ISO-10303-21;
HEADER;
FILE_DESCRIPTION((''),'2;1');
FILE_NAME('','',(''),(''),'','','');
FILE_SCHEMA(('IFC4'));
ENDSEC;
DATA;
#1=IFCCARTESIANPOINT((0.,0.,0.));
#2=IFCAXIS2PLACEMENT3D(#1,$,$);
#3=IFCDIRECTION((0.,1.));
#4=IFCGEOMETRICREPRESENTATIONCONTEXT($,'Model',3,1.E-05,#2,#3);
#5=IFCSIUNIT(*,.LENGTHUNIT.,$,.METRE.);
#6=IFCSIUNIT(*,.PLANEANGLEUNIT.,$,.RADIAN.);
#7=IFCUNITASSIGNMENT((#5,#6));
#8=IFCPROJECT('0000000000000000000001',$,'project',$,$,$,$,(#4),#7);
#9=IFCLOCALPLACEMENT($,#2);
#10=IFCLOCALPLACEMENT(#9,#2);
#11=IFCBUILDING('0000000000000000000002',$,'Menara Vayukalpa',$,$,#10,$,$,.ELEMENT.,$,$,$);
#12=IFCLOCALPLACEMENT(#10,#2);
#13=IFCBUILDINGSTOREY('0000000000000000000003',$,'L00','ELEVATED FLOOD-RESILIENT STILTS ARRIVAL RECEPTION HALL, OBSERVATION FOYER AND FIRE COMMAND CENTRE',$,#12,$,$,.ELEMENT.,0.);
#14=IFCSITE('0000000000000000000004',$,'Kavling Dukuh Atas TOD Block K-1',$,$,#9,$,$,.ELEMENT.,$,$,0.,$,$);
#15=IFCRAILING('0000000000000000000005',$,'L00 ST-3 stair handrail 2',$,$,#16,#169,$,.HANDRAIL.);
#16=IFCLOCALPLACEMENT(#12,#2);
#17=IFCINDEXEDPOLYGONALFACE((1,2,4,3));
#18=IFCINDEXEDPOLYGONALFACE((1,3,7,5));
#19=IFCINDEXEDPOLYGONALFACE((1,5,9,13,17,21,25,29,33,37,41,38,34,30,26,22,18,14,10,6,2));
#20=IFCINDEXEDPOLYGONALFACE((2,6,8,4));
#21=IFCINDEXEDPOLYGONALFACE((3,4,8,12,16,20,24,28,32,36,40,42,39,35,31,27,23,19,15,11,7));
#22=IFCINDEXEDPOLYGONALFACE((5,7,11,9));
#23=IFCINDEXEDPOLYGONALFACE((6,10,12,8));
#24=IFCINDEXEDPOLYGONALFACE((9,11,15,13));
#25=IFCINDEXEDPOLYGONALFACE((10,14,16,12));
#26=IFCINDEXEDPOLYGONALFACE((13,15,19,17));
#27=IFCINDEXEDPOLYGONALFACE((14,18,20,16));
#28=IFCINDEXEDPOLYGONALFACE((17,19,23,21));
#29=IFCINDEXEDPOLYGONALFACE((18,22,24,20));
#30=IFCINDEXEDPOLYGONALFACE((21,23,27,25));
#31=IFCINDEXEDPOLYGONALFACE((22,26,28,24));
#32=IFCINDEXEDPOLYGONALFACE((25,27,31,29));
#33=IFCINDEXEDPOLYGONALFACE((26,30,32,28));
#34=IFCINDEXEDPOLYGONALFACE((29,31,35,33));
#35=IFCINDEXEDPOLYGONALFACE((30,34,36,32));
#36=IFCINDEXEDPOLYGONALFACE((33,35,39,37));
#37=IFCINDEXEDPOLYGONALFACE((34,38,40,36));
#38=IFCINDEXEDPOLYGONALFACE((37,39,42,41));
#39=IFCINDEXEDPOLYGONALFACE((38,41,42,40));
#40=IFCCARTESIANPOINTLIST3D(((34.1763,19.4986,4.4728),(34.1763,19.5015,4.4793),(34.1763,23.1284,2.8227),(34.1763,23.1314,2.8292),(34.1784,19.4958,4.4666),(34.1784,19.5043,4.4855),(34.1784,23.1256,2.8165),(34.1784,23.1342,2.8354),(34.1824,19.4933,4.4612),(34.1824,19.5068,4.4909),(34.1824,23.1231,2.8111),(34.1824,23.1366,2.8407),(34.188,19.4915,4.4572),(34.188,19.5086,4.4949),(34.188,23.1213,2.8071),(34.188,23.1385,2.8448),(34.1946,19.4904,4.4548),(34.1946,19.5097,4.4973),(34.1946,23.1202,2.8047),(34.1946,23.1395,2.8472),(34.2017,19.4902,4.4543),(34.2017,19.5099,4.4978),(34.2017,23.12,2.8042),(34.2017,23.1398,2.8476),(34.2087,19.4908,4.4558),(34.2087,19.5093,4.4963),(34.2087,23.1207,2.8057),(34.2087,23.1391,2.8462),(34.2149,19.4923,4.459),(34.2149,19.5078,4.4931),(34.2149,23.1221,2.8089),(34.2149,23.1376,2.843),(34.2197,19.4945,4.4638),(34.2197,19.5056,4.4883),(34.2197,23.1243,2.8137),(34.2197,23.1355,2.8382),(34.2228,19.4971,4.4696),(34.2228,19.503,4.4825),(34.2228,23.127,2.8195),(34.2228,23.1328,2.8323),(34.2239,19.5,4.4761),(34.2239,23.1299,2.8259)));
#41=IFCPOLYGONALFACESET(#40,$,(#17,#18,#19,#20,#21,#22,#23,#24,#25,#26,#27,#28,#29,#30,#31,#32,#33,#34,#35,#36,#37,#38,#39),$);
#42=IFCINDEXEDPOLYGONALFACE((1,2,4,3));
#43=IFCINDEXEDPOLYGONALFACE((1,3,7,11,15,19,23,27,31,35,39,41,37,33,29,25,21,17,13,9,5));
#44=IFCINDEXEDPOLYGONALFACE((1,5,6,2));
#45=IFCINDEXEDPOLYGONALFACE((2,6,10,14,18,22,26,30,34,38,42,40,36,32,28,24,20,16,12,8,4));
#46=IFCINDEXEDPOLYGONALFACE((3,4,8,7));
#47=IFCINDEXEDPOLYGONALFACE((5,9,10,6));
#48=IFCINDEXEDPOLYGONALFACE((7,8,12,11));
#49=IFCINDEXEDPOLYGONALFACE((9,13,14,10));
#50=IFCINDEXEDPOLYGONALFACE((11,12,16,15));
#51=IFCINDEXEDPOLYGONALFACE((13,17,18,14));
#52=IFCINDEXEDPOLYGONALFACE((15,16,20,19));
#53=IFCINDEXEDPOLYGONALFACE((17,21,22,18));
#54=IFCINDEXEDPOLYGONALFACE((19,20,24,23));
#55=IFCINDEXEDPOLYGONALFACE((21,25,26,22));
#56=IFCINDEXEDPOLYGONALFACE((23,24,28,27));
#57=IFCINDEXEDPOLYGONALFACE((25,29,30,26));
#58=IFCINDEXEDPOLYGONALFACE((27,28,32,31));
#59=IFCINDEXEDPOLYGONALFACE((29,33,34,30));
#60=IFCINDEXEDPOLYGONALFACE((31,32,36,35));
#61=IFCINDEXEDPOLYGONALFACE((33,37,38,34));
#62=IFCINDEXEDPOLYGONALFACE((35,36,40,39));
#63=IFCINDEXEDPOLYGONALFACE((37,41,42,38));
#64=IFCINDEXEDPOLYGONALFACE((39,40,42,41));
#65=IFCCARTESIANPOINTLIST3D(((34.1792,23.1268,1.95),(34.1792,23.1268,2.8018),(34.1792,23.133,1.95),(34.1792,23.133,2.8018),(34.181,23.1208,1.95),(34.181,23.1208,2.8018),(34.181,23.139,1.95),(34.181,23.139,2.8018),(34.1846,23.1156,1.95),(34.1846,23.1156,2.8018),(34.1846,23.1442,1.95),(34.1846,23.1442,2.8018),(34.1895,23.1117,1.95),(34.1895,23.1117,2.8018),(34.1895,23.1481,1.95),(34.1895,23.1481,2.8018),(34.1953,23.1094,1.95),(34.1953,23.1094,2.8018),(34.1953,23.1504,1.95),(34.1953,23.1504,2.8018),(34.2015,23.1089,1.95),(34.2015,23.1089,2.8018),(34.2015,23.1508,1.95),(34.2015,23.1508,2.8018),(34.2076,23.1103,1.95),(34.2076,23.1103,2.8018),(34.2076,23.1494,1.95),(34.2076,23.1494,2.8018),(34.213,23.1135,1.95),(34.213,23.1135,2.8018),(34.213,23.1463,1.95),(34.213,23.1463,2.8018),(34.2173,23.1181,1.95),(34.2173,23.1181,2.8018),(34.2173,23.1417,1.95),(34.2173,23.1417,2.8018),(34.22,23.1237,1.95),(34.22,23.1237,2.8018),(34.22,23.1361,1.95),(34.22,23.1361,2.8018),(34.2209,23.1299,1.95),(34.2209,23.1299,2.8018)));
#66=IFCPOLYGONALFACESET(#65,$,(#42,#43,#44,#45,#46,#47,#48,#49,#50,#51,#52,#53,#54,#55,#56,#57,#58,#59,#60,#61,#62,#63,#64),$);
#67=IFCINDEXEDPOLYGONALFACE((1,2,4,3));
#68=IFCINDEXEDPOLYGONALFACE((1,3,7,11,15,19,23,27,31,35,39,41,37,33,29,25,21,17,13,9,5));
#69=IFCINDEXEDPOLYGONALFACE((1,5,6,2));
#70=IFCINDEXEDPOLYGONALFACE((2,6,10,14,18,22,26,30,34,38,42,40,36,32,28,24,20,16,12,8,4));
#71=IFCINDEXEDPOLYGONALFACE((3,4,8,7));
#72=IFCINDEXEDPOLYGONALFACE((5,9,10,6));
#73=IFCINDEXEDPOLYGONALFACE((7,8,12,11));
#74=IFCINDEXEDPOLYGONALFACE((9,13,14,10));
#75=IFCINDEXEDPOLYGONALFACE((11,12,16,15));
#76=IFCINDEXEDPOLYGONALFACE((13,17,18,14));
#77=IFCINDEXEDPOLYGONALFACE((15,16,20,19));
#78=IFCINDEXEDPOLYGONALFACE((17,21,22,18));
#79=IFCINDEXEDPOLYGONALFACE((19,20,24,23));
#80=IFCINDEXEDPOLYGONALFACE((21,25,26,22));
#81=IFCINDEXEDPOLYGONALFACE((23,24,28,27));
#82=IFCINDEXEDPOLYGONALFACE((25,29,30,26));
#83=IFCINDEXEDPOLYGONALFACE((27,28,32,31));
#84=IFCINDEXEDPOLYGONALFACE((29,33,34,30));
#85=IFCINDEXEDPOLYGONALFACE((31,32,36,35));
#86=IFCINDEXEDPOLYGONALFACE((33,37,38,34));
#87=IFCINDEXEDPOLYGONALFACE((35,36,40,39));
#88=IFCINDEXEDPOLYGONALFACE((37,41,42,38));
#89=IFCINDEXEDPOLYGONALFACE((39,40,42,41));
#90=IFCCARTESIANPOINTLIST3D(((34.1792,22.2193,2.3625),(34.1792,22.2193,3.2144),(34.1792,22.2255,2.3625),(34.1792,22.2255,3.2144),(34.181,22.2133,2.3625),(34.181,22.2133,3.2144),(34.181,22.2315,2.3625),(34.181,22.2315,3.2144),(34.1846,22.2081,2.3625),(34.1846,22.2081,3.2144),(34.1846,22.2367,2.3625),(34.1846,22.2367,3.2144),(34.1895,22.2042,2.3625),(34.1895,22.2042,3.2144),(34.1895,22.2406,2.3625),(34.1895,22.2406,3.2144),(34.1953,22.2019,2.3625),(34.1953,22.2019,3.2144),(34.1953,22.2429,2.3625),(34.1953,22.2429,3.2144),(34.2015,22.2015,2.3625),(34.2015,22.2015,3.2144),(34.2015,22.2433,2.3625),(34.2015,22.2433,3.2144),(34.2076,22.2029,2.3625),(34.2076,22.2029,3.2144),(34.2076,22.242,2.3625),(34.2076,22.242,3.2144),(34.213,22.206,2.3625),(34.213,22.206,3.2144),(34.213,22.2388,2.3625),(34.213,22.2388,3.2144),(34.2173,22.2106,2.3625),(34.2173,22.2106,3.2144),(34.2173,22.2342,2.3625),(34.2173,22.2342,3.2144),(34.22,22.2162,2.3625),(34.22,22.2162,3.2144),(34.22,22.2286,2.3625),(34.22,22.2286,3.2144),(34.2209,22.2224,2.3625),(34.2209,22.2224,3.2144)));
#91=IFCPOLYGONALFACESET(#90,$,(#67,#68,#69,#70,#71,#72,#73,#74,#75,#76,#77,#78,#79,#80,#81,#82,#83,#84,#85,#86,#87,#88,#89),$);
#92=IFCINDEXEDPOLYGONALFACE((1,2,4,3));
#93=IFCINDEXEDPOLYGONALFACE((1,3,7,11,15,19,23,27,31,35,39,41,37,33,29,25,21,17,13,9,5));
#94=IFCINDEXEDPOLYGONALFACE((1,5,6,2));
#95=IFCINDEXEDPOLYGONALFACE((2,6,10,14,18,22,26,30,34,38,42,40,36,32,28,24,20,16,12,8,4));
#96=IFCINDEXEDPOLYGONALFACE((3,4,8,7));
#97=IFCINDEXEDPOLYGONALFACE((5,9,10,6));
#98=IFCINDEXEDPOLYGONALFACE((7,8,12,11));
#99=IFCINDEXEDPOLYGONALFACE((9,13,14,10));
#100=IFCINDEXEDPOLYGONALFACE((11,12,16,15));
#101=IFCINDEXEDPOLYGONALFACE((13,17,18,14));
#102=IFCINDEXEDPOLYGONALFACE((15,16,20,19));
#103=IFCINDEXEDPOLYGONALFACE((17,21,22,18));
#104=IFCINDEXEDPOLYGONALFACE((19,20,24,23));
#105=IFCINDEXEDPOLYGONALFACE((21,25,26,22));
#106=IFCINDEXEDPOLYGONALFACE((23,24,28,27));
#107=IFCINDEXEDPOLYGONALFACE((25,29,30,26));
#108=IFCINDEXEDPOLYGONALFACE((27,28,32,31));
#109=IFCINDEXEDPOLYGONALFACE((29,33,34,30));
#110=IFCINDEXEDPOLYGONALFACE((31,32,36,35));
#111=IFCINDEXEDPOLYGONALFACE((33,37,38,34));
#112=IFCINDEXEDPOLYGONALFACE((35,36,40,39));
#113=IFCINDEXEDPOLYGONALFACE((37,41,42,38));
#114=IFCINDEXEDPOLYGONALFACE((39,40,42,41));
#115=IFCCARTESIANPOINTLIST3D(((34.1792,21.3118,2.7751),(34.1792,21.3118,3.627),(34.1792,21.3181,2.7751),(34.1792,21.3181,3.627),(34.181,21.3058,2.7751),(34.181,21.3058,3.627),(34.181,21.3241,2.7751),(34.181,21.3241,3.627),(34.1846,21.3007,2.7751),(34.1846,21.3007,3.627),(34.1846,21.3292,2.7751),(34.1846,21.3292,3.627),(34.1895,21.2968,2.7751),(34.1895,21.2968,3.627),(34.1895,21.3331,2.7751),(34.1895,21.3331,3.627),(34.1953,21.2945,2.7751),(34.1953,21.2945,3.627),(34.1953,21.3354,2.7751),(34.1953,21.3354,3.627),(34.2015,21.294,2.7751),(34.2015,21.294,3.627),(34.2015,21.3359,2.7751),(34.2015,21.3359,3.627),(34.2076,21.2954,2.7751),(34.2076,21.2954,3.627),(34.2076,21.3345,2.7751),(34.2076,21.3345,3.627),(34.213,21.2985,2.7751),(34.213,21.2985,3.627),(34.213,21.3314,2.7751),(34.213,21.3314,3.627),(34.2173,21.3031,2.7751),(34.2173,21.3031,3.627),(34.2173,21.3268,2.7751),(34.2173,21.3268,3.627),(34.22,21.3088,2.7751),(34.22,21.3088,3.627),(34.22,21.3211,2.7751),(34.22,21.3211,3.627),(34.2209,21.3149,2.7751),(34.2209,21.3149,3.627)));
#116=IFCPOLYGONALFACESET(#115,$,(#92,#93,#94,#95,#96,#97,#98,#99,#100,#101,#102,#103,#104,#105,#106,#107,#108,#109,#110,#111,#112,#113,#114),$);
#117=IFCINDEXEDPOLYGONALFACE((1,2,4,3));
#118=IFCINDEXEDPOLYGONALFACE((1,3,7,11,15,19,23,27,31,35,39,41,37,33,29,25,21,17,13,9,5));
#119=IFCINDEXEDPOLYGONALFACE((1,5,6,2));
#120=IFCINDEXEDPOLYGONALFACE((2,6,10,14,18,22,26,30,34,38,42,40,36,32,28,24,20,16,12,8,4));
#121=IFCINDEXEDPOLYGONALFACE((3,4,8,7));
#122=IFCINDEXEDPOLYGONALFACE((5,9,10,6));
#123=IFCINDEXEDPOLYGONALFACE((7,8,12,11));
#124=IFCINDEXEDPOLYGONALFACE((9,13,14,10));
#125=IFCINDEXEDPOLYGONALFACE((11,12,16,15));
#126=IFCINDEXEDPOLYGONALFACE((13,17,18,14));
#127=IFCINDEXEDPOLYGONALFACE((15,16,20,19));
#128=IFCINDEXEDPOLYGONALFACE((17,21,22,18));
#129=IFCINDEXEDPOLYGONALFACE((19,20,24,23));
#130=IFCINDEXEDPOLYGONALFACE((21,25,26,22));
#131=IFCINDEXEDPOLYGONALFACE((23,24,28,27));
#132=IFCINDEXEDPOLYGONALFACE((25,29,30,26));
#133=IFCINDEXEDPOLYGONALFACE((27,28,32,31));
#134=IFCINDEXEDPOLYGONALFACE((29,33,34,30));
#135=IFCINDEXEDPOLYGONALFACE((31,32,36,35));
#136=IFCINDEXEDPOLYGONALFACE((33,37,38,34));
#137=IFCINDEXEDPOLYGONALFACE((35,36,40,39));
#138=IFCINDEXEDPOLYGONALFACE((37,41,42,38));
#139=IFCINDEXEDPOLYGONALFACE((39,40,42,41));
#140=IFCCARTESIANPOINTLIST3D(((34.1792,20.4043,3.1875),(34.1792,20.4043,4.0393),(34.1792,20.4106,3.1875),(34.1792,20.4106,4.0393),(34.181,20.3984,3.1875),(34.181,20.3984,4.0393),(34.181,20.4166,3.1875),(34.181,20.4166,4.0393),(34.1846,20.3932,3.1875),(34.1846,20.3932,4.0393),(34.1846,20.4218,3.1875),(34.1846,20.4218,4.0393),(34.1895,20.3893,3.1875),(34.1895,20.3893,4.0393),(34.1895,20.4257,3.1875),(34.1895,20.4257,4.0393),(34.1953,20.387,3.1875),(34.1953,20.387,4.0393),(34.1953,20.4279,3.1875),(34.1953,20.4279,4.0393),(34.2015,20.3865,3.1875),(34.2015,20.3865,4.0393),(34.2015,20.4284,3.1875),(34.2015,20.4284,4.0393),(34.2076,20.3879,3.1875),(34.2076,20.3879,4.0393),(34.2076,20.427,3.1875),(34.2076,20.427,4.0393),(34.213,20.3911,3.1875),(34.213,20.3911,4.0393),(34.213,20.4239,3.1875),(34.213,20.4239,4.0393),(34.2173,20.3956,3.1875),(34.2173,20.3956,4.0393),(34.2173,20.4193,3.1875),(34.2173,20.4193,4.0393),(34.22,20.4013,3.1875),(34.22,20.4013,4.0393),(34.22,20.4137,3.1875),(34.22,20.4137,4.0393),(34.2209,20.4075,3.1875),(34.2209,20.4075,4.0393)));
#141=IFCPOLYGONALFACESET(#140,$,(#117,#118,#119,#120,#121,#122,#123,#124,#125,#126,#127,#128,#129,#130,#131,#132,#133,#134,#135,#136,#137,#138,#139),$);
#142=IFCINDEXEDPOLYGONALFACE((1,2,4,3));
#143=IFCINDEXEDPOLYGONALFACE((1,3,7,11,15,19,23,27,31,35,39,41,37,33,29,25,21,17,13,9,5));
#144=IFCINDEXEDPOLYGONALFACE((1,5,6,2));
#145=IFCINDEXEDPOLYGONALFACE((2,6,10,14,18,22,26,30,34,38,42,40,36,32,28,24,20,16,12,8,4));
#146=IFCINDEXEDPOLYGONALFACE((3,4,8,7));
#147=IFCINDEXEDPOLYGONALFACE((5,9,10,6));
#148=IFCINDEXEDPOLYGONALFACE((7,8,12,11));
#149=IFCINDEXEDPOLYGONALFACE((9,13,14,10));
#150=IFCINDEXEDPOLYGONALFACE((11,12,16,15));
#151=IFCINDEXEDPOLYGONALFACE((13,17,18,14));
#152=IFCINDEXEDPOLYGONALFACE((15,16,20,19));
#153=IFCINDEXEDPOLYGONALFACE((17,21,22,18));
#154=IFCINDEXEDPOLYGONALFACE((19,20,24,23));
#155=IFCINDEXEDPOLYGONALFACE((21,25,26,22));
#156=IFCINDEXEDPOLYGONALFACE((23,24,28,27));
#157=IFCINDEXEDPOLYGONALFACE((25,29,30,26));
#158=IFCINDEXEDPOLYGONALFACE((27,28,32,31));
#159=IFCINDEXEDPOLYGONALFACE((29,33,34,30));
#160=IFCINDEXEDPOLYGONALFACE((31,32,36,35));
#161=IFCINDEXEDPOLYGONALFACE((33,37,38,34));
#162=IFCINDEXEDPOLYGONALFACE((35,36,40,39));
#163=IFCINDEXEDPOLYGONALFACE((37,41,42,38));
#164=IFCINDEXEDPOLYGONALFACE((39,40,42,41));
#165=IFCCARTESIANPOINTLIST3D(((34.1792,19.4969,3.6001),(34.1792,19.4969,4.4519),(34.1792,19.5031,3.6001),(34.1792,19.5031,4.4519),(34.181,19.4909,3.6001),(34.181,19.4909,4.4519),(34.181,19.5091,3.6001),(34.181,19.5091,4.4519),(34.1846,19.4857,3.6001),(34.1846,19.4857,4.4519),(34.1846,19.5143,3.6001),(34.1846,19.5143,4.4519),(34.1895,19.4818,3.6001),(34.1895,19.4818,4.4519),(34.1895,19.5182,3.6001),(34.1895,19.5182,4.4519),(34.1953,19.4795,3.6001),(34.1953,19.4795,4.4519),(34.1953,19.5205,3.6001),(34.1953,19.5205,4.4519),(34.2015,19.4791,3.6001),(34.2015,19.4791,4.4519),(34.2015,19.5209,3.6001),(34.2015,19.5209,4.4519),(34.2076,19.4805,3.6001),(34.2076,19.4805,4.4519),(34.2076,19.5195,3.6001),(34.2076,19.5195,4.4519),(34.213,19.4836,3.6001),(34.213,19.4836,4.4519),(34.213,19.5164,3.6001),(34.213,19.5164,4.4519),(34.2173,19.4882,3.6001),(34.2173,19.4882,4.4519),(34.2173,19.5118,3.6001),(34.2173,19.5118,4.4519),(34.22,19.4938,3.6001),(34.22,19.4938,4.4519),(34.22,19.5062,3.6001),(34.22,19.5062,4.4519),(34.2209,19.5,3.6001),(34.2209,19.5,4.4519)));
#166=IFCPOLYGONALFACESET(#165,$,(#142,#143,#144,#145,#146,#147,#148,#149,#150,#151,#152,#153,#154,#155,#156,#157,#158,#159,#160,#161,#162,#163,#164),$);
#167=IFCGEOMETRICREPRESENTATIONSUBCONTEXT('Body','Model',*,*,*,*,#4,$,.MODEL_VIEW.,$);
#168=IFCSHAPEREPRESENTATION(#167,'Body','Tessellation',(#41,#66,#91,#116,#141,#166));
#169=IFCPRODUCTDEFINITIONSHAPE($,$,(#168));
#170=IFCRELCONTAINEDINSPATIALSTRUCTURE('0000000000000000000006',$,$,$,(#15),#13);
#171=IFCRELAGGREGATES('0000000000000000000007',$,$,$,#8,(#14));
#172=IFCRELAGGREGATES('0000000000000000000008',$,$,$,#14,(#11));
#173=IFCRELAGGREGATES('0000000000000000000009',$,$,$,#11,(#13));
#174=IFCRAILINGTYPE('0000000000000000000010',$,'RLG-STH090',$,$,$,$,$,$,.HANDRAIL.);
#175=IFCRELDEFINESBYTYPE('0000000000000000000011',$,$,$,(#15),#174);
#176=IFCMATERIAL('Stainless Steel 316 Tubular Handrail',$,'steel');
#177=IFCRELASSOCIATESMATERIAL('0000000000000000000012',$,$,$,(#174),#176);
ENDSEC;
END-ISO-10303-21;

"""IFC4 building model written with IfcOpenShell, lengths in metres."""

from ifc_helpers import new_model, si_unit, direction, frame, origin, origin_2d, place, context, subcontext, project, spatial, circle, extrude, material, type_object, element, save


model = new_model("IFC4")

# Units and contexts
model_context = context("Model", 3, precision=1e-05, world=origin(), true_north=direction((0.0, 1.0)))
body_context = subcontext(model_context, "Body", "Model", "MODEL_VIEW")
ifc_project = project(units=[si_unit("LENGTHUNIT", "METRE"), si_unit("PLANEANGLEUNIT", "RADIAN")], contexts=[model_context])

# Site, building, storey
site_placement = place(None, origin())
site = spatial("IfcSite", under=ifc_project, at=site_placement, Name="Kavling Dukuh Atas TOD Block K-1", CompositionType="ELEMENT", RefElevation=0.0)
building_placement = place(site_placement, origin())
building = spatial("IfcBuilding", under=site, at=building_placement, Name="Menara Vayukalpa", CompositionType="ELEMENT")
storey_placement = place(building_placement, origin())
storey = spatial("IfcBuildingStorey", under=building, at=storey_placement, Name="L00", Description="ELEVATED FLOOD-RESILIENT STILTS ARRIVAL RECEPTION HALL, OBSERVATION FOYER AND FIRE COMMAND CENTRE", CompositionType="ELEMENT", Elevation=0.0)

# Railing
ifc_material_1 = material(Name="Stainless Steel 316 Tubular Handrail", Category="steel")
railing_type_1 = type_object("IfcRailingType", Name="RLG-STH090", PredefinedType="HANDRAIL", material=ifc_material_1)
railing_1_placement = place(storey_placement, frame((34.2, 23.1299, 1.95)))
element("IfcRailing", 1, at=railing_1_placement, inside=storey, type_object=railing_type_1, Name="L00 ST-3 stair handrail 2", PredefinedType="HANDRAIL", context=body_context, shape_type="SweptSolid", body=[
    extrude(circle(Radius=0.0239, at=origin_2d()), frame((0.0, 0.0, 0.876), z_axis=(0.0, -0.910348, 0.413844), x_axis=(1.0, 0.0, 0.0)), (0.0, 0.0, 1.0), 3.9873),
    extrude(circle(Radius=0.021, at=origin_2d()), origin(), (0.0, 0.0, 1.0), 0.8518),
    extrude(circle(Radius=0.021, at=origin_2d()), frame((0.0, -0.9075, 0.4126)), (0.0, 0.0, 1.0), 0.8518),
    extrude(circle(Radius=0.021, at=origin_2d()), frame((0.0, -1.8149, 0.8252)), (0.0, 0.0, 1.0), 0.8518),
    extrude(circle(Radius=0.021, at=origin_2d()), frame((0.0, -2.7224, 1.2375)), (0.0, 0.0, 1.0), 0.8518),
    extrude(circle(Radius=0.021, at=origin_2d()), frame((0.0, -3.6299, 1.6501)), (0.0, 0.0, 1.0), 0.8518),
])

save(model, "model.ifc")
